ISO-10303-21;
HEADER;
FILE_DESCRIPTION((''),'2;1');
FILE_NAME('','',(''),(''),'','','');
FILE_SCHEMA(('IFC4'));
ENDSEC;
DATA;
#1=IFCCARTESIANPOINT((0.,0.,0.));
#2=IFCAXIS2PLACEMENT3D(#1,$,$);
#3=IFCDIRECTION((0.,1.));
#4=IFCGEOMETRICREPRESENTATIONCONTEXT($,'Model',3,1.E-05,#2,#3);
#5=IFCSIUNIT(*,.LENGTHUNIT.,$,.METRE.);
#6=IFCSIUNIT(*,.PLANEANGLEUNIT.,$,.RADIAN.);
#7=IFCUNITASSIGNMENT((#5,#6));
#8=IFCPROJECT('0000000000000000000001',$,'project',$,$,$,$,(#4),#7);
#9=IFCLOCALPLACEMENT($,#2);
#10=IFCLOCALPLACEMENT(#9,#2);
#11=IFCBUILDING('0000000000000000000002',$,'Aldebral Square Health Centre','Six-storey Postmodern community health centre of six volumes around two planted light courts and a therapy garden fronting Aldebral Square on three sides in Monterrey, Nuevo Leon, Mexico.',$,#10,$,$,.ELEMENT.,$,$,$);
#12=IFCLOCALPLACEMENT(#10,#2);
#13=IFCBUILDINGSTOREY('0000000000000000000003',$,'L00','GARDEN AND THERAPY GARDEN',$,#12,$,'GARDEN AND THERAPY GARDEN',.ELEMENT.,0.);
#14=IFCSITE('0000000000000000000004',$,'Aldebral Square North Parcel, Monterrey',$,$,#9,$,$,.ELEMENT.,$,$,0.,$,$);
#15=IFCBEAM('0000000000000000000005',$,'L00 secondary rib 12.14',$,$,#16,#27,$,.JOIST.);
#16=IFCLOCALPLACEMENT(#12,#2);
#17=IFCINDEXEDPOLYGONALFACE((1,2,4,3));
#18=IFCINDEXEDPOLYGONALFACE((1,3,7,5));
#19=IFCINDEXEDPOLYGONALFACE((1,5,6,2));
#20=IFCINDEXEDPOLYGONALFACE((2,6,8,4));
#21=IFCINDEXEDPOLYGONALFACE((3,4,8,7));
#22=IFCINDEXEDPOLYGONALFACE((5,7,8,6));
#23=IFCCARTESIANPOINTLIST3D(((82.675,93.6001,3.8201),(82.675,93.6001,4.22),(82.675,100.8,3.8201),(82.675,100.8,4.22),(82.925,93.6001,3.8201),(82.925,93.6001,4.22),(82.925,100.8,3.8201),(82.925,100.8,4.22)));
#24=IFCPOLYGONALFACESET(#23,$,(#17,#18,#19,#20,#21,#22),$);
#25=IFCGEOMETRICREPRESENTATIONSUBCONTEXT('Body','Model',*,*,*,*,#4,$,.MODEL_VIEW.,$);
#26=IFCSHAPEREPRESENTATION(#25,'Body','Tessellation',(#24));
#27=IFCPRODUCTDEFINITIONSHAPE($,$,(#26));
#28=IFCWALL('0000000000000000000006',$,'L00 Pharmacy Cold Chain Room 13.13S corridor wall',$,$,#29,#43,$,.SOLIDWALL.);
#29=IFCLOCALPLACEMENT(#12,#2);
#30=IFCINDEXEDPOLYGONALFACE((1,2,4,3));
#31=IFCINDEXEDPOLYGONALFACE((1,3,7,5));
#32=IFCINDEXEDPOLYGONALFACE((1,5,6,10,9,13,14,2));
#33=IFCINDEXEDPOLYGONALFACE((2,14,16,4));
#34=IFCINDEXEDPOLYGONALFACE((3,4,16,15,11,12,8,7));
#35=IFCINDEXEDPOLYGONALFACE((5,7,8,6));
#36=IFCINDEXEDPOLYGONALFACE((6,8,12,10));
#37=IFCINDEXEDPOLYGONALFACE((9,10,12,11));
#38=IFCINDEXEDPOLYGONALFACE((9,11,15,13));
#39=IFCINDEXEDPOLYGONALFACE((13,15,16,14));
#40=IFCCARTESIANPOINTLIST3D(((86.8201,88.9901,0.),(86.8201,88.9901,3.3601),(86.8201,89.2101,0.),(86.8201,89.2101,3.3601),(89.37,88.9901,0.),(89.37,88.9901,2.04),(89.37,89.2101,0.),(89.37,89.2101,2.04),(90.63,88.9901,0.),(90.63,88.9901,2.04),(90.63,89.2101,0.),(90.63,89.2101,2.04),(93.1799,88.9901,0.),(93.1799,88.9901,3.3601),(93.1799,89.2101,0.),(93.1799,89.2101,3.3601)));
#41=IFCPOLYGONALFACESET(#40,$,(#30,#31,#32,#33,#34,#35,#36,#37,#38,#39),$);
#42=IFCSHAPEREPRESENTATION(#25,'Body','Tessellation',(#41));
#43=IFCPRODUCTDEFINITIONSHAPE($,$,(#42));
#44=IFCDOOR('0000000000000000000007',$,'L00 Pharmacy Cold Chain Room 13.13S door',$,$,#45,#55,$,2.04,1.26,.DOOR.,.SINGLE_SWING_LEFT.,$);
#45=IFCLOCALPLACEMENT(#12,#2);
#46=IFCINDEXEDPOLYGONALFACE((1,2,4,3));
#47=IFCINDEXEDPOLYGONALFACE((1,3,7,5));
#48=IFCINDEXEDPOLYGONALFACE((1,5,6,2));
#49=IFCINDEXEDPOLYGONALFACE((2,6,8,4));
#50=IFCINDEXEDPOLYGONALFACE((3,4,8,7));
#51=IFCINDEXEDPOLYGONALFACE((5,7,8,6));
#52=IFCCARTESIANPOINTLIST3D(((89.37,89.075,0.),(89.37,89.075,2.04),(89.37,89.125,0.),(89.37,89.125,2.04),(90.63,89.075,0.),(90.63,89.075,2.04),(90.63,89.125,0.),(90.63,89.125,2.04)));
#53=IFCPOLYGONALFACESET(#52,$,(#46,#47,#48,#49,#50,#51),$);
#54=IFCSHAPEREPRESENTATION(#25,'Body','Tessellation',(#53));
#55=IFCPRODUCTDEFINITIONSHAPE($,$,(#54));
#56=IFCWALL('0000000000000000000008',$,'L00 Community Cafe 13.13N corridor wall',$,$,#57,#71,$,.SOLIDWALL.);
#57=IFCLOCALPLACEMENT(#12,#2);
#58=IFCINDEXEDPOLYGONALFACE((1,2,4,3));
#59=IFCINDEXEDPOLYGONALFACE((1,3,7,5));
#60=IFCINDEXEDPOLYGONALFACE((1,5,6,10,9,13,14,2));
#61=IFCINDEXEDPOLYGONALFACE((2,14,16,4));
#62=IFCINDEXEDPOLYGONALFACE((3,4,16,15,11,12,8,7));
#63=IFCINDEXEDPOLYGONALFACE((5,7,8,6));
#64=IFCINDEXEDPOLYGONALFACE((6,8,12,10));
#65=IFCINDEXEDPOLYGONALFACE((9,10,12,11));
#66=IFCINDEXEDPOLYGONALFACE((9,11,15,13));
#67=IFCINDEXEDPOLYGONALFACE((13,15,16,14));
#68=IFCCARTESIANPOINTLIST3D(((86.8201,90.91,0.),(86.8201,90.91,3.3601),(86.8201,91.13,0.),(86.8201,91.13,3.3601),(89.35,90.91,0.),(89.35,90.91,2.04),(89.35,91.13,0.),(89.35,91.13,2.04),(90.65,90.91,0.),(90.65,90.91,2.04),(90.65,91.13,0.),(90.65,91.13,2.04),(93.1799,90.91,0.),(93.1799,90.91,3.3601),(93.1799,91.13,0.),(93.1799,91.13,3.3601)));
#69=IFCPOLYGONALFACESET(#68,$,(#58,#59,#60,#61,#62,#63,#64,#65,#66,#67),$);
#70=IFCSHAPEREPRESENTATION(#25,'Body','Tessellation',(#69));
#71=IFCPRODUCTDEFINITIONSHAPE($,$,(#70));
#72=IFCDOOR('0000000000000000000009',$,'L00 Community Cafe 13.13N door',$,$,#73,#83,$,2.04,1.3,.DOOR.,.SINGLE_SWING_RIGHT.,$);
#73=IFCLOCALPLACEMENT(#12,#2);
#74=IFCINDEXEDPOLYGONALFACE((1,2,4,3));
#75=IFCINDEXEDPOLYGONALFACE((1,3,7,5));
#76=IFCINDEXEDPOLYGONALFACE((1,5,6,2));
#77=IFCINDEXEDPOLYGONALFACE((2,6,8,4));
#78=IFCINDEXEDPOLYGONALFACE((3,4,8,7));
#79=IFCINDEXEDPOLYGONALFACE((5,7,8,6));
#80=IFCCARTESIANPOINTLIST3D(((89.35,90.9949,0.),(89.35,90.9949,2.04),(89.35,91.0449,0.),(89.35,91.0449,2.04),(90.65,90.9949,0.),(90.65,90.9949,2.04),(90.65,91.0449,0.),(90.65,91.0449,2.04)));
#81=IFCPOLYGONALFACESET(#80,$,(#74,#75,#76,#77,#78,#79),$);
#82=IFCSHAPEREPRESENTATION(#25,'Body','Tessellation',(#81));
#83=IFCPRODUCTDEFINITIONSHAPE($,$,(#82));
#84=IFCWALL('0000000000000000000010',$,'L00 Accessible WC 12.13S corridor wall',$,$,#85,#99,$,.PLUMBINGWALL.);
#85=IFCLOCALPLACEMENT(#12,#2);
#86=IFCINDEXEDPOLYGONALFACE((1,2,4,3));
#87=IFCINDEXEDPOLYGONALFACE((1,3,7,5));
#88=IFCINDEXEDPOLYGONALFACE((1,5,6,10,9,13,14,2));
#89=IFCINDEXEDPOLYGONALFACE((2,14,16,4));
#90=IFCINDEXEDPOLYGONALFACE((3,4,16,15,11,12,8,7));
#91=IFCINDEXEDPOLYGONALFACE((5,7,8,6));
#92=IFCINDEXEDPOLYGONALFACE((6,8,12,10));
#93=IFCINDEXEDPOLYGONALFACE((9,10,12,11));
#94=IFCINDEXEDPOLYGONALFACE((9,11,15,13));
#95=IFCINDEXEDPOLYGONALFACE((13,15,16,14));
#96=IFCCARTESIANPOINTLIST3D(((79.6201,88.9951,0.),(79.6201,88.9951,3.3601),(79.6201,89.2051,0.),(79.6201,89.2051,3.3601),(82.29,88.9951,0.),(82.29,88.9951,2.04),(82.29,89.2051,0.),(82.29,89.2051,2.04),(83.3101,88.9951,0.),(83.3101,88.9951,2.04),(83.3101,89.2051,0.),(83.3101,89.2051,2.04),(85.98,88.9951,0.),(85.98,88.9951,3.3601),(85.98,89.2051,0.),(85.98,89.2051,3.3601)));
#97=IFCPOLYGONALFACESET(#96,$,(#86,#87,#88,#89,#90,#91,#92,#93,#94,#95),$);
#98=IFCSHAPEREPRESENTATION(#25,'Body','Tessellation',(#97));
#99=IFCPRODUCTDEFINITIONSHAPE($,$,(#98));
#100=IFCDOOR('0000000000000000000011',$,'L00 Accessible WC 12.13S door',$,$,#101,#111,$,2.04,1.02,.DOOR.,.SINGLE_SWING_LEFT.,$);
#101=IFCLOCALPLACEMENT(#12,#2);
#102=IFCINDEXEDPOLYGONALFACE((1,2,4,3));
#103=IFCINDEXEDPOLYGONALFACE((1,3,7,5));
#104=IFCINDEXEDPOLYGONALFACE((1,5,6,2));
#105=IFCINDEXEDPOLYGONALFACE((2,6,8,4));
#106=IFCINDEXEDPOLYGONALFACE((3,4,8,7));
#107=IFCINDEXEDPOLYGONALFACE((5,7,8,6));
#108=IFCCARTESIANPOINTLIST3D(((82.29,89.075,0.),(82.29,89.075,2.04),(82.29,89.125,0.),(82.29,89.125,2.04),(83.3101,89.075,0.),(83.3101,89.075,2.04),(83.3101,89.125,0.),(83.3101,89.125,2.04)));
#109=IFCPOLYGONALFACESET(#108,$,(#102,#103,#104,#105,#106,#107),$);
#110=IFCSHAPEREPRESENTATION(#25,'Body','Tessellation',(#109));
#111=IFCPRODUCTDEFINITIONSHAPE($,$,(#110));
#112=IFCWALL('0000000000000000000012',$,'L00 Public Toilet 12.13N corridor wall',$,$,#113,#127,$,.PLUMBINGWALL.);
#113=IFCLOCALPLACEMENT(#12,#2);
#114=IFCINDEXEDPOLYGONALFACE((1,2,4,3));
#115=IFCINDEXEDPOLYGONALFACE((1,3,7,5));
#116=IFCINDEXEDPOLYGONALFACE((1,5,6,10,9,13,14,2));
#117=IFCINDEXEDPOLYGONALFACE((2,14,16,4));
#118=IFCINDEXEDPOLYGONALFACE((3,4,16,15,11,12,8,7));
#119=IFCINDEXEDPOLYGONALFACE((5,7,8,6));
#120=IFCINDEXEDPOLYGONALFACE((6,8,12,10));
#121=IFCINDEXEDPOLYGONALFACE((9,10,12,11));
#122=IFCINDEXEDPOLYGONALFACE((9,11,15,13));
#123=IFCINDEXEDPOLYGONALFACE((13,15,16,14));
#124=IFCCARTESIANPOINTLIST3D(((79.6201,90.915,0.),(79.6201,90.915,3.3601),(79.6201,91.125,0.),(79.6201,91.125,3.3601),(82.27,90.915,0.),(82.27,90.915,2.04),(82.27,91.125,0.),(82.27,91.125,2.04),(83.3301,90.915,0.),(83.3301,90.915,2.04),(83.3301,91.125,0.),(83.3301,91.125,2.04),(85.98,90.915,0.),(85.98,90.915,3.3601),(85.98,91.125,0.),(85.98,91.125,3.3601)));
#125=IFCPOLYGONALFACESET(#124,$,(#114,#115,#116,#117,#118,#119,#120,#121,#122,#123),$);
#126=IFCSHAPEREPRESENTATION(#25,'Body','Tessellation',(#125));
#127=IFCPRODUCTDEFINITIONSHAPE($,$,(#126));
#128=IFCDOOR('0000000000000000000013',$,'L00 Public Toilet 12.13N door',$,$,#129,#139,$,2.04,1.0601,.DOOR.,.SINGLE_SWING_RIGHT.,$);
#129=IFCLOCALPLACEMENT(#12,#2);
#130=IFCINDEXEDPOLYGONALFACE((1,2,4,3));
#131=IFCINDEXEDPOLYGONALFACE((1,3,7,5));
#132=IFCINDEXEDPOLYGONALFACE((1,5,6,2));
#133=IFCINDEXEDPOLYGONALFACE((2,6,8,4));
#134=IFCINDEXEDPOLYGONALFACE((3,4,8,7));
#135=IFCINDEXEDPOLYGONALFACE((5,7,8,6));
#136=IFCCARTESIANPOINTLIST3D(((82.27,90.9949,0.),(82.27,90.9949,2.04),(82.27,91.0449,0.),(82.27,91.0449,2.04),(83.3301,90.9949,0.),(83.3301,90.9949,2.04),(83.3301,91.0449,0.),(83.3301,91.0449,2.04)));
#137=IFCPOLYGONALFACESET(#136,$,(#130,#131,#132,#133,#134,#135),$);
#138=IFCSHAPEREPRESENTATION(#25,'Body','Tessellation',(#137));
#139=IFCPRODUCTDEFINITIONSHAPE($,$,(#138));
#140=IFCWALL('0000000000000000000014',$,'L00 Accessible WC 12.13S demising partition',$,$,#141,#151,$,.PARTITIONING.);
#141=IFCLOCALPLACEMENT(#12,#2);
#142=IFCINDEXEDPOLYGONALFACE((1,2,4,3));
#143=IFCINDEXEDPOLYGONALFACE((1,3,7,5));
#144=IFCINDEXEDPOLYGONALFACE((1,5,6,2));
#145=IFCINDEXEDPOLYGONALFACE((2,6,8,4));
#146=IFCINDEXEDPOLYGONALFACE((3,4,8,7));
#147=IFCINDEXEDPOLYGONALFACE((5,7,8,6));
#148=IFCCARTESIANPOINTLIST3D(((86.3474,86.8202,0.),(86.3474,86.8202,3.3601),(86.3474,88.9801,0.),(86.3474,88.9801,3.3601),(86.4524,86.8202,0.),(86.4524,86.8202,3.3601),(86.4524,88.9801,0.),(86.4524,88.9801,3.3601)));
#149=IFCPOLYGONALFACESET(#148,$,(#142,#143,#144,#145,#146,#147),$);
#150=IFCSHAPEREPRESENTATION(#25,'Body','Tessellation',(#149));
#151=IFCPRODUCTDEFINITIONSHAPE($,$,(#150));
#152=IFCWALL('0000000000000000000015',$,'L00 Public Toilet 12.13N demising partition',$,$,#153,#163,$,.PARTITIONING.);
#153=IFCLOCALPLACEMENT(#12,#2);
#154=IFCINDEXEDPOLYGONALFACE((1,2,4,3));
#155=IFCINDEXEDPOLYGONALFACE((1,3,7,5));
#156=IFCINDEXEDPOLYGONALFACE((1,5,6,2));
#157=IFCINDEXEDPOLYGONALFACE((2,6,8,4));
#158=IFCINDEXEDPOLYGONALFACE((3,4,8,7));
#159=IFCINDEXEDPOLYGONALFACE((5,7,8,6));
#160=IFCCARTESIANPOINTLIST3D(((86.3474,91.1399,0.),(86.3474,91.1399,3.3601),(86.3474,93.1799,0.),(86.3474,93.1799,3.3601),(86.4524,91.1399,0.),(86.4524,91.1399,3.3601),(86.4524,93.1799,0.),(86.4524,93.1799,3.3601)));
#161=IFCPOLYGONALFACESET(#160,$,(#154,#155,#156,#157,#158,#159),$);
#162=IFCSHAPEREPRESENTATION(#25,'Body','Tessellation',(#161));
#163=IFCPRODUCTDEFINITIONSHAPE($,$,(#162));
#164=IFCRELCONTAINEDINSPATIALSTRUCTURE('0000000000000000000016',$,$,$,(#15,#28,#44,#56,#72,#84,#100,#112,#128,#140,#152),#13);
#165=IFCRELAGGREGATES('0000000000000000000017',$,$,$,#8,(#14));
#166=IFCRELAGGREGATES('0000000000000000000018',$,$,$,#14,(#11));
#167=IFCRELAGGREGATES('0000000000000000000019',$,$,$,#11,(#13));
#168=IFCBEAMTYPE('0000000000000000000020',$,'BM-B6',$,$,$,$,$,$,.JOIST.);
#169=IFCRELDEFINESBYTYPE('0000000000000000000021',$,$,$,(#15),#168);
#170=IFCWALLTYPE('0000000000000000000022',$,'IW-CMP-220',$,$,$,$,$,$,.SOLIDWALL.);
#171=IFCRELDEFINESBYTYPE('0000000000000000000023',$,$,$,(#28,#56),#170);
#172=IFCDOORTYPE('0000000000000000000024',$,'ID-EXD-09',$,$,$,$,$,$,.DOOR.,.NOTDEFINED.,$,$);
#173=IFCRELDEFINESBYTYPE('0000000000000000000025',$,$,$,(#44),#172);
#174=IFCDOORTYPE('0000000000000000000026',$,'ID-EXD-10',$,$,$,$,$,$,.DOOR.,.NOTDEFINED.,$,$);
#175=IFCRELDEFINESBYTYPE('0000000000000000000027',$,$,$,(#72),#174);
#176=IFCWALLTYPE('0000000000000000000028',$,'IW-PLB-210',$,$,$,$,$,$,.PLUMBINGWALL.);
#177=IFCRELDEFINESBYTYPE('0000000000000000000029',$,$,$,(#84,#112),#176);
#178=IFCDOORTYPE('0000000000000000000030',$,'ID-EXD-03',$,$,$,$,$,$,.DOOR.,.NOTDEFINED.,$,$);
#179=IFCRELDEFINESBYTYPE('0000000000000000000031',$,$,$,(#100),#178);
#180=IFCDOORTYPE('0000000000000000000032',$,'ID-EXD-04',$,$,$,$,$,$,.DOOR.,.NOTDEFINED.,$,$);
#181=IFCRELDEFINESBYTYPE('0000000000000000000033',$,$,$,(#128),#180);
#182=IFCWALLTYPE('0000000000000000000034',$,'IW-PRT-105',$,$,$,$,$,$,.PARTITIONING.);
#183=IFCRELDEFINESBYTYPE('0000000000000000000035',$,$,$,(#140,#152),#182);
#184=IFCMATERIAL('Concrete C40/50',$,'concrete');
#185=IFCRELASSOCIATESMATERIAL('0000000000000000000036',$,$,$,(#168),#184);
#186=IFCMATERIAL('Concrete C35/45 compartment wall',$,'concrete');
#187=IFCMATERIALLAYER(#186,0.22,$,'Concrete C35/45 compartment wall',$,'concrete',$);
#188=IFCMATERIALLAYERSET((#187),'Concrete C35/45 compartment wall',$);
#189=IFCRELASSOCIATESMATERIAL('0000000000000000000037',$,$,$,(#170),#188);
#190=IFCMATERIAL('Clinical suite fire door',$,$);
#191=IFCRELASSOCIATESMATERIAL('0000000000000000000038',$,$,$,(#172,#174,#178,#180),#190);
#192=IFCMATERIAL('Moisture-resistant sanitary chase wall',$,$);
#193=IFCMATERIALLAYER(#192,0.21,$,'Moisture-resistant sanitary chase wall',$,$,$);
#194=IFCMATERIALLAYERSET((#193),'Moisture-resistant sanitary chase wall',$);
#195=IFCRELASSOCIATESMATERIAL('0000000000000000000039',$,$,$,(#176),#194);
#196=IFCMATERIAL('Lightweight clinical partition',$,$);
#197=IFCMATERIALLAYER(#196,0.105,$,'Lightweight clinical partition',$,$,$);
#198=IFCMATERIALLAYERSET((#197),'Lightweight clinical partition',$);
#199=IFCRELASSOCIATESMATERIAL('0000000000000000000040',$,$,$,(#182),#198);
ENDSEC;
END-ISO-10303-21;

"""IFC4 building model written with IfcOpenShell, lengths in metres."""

from ifc_helpers import new_model, si_unit, direction, frame, frame_2d, origin, origin_2d, place, context, subcontext, project, spatial, rectangle, extrude, material, layer, layer_set, material_profile, profile_set, type_object, element, fill, save


model = new_model("IFC4")

# Units and contexts
model_context = context("Model", 3, precision=1e-05, world=origin(), true_north=direction((0.0, 1.0)))
body_context = subcontext(model_context, "Body", "Model", "MODEL_VIEW")
ifc_project = project(units=[si_unit("LENGTHUNIT", "METRE"), si_unit("PLANEANGLEUNIT", "RADIAN")], contexts=[model_context])

# Site, building, storey
site_placement = place(None, origin())
site = spatial("IfcSite", under=ifc_project, at=site_placement, Name="Aldebral Square North Parcel, Monterrey", CompositionType="ELEMENT", RefElevation=0.0)
building_placement = place(site_placement, origin())
building = spatial("IfcBuilding", under=site, at=building_placement, Name="Aldebral Square Health Centre", Description="Six-storey Postmodern community health centre of six volumes around two planted light courts and a therapy garden fronting Aldebral Square on three sides in Monterrey, Nuevo Leon, Mexico.", CompositionType="ELEMENT")
storey_placement = place(building_placement, origin())
storey = spatial("IfcBuildingStorey", under=building, at=storey_placement, Name="L00", Description="GARDEN AND THERAPY GARDEN", LongName="GARDEN AND THERAPY GARDEN", CompositionType="ELEMENT", Elevation=0.0)

# Shared definitions
ifc_material_1 = material(Name="Concrete C40/50", Category="concrete")

# Beam
ifc_material_profile_1 = material_profile(ifc_material_1, rectangle(XDim=0.25, YDim=0.3999, at=origin_2d()), Name="RC 250x400")
ifc_profile_set_1 = profile_set([ifc_material_profile_1], Name="Concrete C40/50")
beam_type_1 = type_object("IfcBeamType", Name="BM-B6", PredefinedType="JOIST", material=ifc_profile_set_1)
beam_1_placement = place(storey_placement, frame((82.8, 93.6001, 4.02), z_axis=(0.0, 1.0, 0.0), x_axis=(-1.0, 0.0, 0.0)))
element("IfcBeam", 1, at=beam_1_placement, inside=storey, type_object=beam_type_1, Name="L00 secondary rib 12.14", PredefinedType="JOIST", context=body_context, shape_type="SweptSolid", body=[
    extrude(rectangle(XDim=0.25, YDim=0.3999, at=origin_2d()), origin(), (0.0, 0.0, 1.0), 7.2),
])

# Walls, openings, doors
ifc_material_2 = material(Name="Concrete C35/45 compartment wall", Category="concrete")
ifc_layer_1 = layer(ifc_material_2, 0.22, Name="Concrete C35/45 compartment wall", Category="concrete")
ifc_layer_set_1 = layer_set([ifc_layer_1], Name="Concrete C35/45 compartment wall")
wall_type_1 = type_object("IfcWallType", Name="IW-CMP-220", PredefinedType="SOLIDWALL", material=ifc_layer_set_1)
wall_1_placement = place(storey_placement, frame((86.8201, 89.1001, 0.0), z_axis=(0.0, 0.0, 1.0), x_axis=(1.0, 0.0, 0.0)))
wall_1 = element("IfcWall", 2, at=wall_1_placement, inside=storey, type_object=wall_type_1, Name="L00 Pharmacy Cold Chain Room 13.13S corridor wall", PredefinedType="SOLIDWALL", context=body_context, shape_type="SweptSolid", body=[
    extrude(rectangle(XDim=6.3599, YDim=0.22, at=frame_2d((3.1799, 0.0))), origin(), (0.0, 0.0, 1.0), 3.3601),
])
opening_1_placement = place(wall_1_placement, frame((2.55, 0.0, 0.0)))
opening_1 = element("IfcOpeningElement", 3, at=opening_1_placement, cuts=wall_1, PredefinedType="OPENING", context=body_context, shape_type="SweptSolid", body=[
    extrude(rectangle(XDim=1.26, YDim=2.04, at=frame_2d((0.6299, 1.02))), frame((0.0, 0.1201, 0.0), z_axis=(0.0, -1.0, 0.0), x_axis=(1.0, 0.0, 0.0)), (0.0, 0.0, 1.0), 0.24),
])
ifc_material_3 = material(Name="Clinical suite fire door")
door_type_1 = type_object("IfcDoorType", Name="ID-EXD-09", OperationType="NOTDEFINED", PredefinedType="DOOR", material=ifc_material_3)
door_1_placement = place(opening_1_placement, origin())
door_1 = element("IfcDoor", 4, at=door_1_placement, inside=storey, type_object=door_type_1, Name="L00 Pharmacy Cold Chain Room 13.13S door", OperationType="SINGLE_SWING_LEFT", OverallHeight=2.04, OverallWidth=1.26, PredefinedType="DOOR", context=body_context, shape_type="SweptSolid", body=[
    extrude(rectangle(XDim=1.26, YDim=2.04, at=frame_2d((0.6299, 1.02))), frame((0.0, 0.0249, 0.0), z_axis=(0.0, -1.0, 0.0), x_axis=(1.0, 0.0, 0.0)), (0.0, 0.0, 1.0), 0.05),
])
fill(opening_1, door_1)
wall_2_placement = place(storey_placement, frame((86.8201, 91.02, 0.0), z_axis=(0.0, 0.0, 1.0), x_axis=(1.0, 0.0, 0.0)))
wall_2 = element("IfcWall", 5, at=wall_2_placement, inside=storey, type_object=wall_type_1, Name="L00 Community Cafe 13.13N corridor wall", PredefinedType="SOLIDWALL", context=body_context, shape_type="SweptSolid", body=[
    extrude(rectangle(XDim=6.3599, YDim=0.22, at=frame_2d((3.1799, 0.0))), origin(), (0.0, 0.0, 1.0), 3.3601),
])
opening_2_placement = place(wall_2_placement, frame((2.53, 0.0, 0.0)))
opening_2 = element("IfcOpeningElement", 6, at=opening_2_placement, cuts=wall_2, PredefinedType="OPENING", context=body_context, shape_type="SweptSolid", body=[
    extrude(rectangle(XDim=1.3, YDim=2.04, at=frame_2d((0.6499, 1.02))), frame((0.0, 0.1201, 0.0), z_axis=(0.0, -1.0, 0.0), x_axis=(1.0, 0.0, 0.0)), (0.0, 0.0, 1.0), 0.24),
])
door_type_2 = type_object("IfcDoorType", Name="ID-EXD-10", OperationType="NOTDEFINED", PredefinedType="DOOR", material=ifc_material_3)
door_2_placement = place(opening_2_placement, origin())
door_2 = element("IfcDoor", 7, at=door_2_placement, inside=storey, type_object=door_type_2, Name="L00 Community Cafe 13.13N door", OperationType="SINGLE_SWING_RIGHT", OverallHeight=2.04, OverallWidth=1.3, PredefinedType="DOOR", context=body_context, shape_type="SweptSolid", body=[
    extrude(rectangle(XDim=1.3, YDim=2.04, at=frame_2d((0.6499, 1.02))), frame((0.0, 0.0249, 0.0), z_axis=(0.0, -1.0, 0.0), x_axis=(1.0, 0.0, 0.0)), (0.0, 0.0, 1.0), 0.05),
])
fill(opening_2, door_2)
ifc_material_4 = material(Name="Moisture-resistant sanitary chase wall")
ifc_layer_2 = layer(ifc_material_4, 0.21, Name="Moisture-resistant sanitary chase wall")
ifc_layer_set_2 = layer_set([ifc_layer_2], Name="Moisture-resistant sanitary chase wall")
wall_type_2 = type_object("IfcWallType", Name="IW-PLB-210", PredefinedType="PLUMBINGWALL", material=ifc_layer_set_2)
wall_3_placement = place(storey_placement, frame((79.6201, 89.1001, 0.0), z_axis=(0.0, 0.0, 1.0), x_axis=(1.0, 0.0, 0.0)))
wall_3 = element("IfcWall", 8, at=wall_3_placement, inside=storey, type_object=wall_type_2, Name="L00 Accessible WC 12.13S corridor wall", PredefinedType="PLUMBINGWALL", context=body_context, shape_type="SweptSolid", body=[
    extrude(rectangle(XDim=6.3599, YDim=0.21, at=frame_2d((3.1799, 0.0))), origin(), (0.0, 0.0, 1.0), 3.3601),
])
opening_3_placement = place(wall_3_placement, frame((2.6699, 0.0, 0.0)))
opening_3 = element("IfcOpeningElement", 9, at=opening_3_placement, cuts=wall_3, PredefinedType="OPENING", context=body_context, shape_type="SweptSolid", body=[
    extrude(rectangle(XDim=1.02, YDim=2.04, at=frame_2d((0.51, 1.02))), frame((0.0, 0.115, 0.0), z_axis=(0.0, -1.0, 0.0), x_axis=(1.0, 0.0, 0.0)), (0.0, 0.0, 1.0), 0.23),
])
door_type_3 = type_object("IfcDoorType", Name="ID-EXD-03", OperationType="NOTDEFINED", PredefinedType="DOOR", material=ifc_material_3)
door_3_placement = place(opening_3_placement, origin())
door_3 = element("IfcDoor", 10, at=door_3_placement, inside=storey, type_object=door_type_3, Name="L00 Accessible WC 12.13S door", OperationType="SINGLE_SWING_LEFT", OverallHeight=2.04, OverallWidth=1.02, PredefinedType="DOOR", context=body_context, shape_type="SweptSolid", body=[
    extrude(rectangle(XDim=1.02, YDim=2.04, at=frame_2d((0.51, 1.02))), frame((0.0, 0.0249, 0.0), z_axis=(0.0, -1.0, 0.0), x_axis=(1.0, 0.0, 0.0)), (0.0, 0.0, 1.0), 0.05),
])
fill(opening_3, door_3)
wall_4_placement = place(storey_placement, frame((79.6201, 91.02, 0.0), z_axis=(0.0, 0.0, 1.0), x_axis=(1.0, 0.0, 0.0)))
wall_4 = element("IfcWall", 11, at=wall_4_placement, inside=storey, type_object=wall_type_2, Name="L00 Public Toilet 12.13N corridor wall", PredefinedType="PLUMBINGWALL", context=body_context, shape_type="SweptSolid", body=[
    extrude(rectangle(XDim=6.3599, YDim=0.21, at=frame_2d((3.1799, 0.0))), origin(), (0.0, 0.0, 1.0), 3.3601),
])
opening_4_placement = place(wall_4_placement, frame((2.6499, 0.0, 0.0)))
opening_4 = element("IfcOpeningElement", 12, at=opening_4_placement, cuts=wall_4, PredefinedType="OPENING", context=body_context, shape_type="SweptSolid", body=[
    extrude(rectangle(XDim=1.0601, YDim=2.04, at=frame_2d((0.53, 1.02))), frame((0.0, 0.115, 0.0), z_axis=(0.0, -1.0, 0.0), x_axis=(1.0, 0.0, 0.0)), (0.0, 0.0, 1.0), 0.23),
])
door_type_4 = type_object("IfcDoorType", Name="ID-EXD-04", OperationType="NOTDEFINED", PredefinedType="DOOR", material=ifc_material_3)
door_4_placement = place(opening_4_placement, origin())
door_4 = element("IfcDoor", 13, at=door_4_placement, inside=storey, type_object=door_type_4, Name="L00 Public Toilet 12.13N door", OperationType="SINGLE_SWING_RIGHT", OverallHeight=2.04, OverallWidth=1.0601, PredefinedType="DOOR", context=body_context, shape_type="SweptSolid", body=[
    extrude(rectangle(XDim=1.0601, YDim=2.04, at=frame_2d((0.53, 1.02))), frame((0.0, 0.0249, 0.0), z_axis=(0.0, -1.0, 0.0), x_axis=(1.0, 0.0, 0.0)), (0.0, 0.0, 1.0), 0.05),
])
fill(opening_4, door_4)

# Walls
ifc_material_5 = material(Name="Lightweight clinical partition")
ifc_layer_3 = layer(ifc_material_5, 0.105, Name="Lightweight clinical partition")
ifc_layer_set_3 = layer_set([ifc_layer_3], Name="Lightweight clinical partition")
wall_type_3 = type_object("IfcWallType", Name="IW-PRT-105", PredefinedType="PARTITIONING", material=ifc_layer_set_3)
wall_5_placement = place(storey_placement, frame((86.3999, 86.8201, 0.0), z_axis=(0.0, 0.0, 1.0), x_axis=(0.0, 1.0, 0.0)))
element("IfcWall", 14, at=wall_5_placement, inside=storey, type_object=wall_type_3, Name="L00 Accessible WC 12.13S demising partition", PredefinedType="PARTITIONING", context=body_context, shape_type="SweptSolid", body=[
    extrude(rectangle(XDim=2.1599, YDim=0.105, at=frame_2d((1.0801, 0.0))), origin(), (0.0, 0.0, 1.0), 3.3601),
])
wall_6_placement = place(storey_placement, frame((86.3999, 91.1399, 0.0), z_axis=(0.0, 0.0, 1.0), x_axis=(0.0, 1.0, 0.0)))
element("IfcWall", 15, at=wall_6_placement, inside=storey, type_object=wall_type_3, Name="L00 Public Toilet 12.13N demising partition", PredefinedType="PARTITIONING", context=body_context, shape_type="SweptSolid", body=[
    extrude(rectangle(XDim=2.04, YDim=0.105, at=frame_2d((1.02, 0.0))), origin(), (0.0, 0.0, 1.0), 3.3601),
])

save(model, "model.ifc")
